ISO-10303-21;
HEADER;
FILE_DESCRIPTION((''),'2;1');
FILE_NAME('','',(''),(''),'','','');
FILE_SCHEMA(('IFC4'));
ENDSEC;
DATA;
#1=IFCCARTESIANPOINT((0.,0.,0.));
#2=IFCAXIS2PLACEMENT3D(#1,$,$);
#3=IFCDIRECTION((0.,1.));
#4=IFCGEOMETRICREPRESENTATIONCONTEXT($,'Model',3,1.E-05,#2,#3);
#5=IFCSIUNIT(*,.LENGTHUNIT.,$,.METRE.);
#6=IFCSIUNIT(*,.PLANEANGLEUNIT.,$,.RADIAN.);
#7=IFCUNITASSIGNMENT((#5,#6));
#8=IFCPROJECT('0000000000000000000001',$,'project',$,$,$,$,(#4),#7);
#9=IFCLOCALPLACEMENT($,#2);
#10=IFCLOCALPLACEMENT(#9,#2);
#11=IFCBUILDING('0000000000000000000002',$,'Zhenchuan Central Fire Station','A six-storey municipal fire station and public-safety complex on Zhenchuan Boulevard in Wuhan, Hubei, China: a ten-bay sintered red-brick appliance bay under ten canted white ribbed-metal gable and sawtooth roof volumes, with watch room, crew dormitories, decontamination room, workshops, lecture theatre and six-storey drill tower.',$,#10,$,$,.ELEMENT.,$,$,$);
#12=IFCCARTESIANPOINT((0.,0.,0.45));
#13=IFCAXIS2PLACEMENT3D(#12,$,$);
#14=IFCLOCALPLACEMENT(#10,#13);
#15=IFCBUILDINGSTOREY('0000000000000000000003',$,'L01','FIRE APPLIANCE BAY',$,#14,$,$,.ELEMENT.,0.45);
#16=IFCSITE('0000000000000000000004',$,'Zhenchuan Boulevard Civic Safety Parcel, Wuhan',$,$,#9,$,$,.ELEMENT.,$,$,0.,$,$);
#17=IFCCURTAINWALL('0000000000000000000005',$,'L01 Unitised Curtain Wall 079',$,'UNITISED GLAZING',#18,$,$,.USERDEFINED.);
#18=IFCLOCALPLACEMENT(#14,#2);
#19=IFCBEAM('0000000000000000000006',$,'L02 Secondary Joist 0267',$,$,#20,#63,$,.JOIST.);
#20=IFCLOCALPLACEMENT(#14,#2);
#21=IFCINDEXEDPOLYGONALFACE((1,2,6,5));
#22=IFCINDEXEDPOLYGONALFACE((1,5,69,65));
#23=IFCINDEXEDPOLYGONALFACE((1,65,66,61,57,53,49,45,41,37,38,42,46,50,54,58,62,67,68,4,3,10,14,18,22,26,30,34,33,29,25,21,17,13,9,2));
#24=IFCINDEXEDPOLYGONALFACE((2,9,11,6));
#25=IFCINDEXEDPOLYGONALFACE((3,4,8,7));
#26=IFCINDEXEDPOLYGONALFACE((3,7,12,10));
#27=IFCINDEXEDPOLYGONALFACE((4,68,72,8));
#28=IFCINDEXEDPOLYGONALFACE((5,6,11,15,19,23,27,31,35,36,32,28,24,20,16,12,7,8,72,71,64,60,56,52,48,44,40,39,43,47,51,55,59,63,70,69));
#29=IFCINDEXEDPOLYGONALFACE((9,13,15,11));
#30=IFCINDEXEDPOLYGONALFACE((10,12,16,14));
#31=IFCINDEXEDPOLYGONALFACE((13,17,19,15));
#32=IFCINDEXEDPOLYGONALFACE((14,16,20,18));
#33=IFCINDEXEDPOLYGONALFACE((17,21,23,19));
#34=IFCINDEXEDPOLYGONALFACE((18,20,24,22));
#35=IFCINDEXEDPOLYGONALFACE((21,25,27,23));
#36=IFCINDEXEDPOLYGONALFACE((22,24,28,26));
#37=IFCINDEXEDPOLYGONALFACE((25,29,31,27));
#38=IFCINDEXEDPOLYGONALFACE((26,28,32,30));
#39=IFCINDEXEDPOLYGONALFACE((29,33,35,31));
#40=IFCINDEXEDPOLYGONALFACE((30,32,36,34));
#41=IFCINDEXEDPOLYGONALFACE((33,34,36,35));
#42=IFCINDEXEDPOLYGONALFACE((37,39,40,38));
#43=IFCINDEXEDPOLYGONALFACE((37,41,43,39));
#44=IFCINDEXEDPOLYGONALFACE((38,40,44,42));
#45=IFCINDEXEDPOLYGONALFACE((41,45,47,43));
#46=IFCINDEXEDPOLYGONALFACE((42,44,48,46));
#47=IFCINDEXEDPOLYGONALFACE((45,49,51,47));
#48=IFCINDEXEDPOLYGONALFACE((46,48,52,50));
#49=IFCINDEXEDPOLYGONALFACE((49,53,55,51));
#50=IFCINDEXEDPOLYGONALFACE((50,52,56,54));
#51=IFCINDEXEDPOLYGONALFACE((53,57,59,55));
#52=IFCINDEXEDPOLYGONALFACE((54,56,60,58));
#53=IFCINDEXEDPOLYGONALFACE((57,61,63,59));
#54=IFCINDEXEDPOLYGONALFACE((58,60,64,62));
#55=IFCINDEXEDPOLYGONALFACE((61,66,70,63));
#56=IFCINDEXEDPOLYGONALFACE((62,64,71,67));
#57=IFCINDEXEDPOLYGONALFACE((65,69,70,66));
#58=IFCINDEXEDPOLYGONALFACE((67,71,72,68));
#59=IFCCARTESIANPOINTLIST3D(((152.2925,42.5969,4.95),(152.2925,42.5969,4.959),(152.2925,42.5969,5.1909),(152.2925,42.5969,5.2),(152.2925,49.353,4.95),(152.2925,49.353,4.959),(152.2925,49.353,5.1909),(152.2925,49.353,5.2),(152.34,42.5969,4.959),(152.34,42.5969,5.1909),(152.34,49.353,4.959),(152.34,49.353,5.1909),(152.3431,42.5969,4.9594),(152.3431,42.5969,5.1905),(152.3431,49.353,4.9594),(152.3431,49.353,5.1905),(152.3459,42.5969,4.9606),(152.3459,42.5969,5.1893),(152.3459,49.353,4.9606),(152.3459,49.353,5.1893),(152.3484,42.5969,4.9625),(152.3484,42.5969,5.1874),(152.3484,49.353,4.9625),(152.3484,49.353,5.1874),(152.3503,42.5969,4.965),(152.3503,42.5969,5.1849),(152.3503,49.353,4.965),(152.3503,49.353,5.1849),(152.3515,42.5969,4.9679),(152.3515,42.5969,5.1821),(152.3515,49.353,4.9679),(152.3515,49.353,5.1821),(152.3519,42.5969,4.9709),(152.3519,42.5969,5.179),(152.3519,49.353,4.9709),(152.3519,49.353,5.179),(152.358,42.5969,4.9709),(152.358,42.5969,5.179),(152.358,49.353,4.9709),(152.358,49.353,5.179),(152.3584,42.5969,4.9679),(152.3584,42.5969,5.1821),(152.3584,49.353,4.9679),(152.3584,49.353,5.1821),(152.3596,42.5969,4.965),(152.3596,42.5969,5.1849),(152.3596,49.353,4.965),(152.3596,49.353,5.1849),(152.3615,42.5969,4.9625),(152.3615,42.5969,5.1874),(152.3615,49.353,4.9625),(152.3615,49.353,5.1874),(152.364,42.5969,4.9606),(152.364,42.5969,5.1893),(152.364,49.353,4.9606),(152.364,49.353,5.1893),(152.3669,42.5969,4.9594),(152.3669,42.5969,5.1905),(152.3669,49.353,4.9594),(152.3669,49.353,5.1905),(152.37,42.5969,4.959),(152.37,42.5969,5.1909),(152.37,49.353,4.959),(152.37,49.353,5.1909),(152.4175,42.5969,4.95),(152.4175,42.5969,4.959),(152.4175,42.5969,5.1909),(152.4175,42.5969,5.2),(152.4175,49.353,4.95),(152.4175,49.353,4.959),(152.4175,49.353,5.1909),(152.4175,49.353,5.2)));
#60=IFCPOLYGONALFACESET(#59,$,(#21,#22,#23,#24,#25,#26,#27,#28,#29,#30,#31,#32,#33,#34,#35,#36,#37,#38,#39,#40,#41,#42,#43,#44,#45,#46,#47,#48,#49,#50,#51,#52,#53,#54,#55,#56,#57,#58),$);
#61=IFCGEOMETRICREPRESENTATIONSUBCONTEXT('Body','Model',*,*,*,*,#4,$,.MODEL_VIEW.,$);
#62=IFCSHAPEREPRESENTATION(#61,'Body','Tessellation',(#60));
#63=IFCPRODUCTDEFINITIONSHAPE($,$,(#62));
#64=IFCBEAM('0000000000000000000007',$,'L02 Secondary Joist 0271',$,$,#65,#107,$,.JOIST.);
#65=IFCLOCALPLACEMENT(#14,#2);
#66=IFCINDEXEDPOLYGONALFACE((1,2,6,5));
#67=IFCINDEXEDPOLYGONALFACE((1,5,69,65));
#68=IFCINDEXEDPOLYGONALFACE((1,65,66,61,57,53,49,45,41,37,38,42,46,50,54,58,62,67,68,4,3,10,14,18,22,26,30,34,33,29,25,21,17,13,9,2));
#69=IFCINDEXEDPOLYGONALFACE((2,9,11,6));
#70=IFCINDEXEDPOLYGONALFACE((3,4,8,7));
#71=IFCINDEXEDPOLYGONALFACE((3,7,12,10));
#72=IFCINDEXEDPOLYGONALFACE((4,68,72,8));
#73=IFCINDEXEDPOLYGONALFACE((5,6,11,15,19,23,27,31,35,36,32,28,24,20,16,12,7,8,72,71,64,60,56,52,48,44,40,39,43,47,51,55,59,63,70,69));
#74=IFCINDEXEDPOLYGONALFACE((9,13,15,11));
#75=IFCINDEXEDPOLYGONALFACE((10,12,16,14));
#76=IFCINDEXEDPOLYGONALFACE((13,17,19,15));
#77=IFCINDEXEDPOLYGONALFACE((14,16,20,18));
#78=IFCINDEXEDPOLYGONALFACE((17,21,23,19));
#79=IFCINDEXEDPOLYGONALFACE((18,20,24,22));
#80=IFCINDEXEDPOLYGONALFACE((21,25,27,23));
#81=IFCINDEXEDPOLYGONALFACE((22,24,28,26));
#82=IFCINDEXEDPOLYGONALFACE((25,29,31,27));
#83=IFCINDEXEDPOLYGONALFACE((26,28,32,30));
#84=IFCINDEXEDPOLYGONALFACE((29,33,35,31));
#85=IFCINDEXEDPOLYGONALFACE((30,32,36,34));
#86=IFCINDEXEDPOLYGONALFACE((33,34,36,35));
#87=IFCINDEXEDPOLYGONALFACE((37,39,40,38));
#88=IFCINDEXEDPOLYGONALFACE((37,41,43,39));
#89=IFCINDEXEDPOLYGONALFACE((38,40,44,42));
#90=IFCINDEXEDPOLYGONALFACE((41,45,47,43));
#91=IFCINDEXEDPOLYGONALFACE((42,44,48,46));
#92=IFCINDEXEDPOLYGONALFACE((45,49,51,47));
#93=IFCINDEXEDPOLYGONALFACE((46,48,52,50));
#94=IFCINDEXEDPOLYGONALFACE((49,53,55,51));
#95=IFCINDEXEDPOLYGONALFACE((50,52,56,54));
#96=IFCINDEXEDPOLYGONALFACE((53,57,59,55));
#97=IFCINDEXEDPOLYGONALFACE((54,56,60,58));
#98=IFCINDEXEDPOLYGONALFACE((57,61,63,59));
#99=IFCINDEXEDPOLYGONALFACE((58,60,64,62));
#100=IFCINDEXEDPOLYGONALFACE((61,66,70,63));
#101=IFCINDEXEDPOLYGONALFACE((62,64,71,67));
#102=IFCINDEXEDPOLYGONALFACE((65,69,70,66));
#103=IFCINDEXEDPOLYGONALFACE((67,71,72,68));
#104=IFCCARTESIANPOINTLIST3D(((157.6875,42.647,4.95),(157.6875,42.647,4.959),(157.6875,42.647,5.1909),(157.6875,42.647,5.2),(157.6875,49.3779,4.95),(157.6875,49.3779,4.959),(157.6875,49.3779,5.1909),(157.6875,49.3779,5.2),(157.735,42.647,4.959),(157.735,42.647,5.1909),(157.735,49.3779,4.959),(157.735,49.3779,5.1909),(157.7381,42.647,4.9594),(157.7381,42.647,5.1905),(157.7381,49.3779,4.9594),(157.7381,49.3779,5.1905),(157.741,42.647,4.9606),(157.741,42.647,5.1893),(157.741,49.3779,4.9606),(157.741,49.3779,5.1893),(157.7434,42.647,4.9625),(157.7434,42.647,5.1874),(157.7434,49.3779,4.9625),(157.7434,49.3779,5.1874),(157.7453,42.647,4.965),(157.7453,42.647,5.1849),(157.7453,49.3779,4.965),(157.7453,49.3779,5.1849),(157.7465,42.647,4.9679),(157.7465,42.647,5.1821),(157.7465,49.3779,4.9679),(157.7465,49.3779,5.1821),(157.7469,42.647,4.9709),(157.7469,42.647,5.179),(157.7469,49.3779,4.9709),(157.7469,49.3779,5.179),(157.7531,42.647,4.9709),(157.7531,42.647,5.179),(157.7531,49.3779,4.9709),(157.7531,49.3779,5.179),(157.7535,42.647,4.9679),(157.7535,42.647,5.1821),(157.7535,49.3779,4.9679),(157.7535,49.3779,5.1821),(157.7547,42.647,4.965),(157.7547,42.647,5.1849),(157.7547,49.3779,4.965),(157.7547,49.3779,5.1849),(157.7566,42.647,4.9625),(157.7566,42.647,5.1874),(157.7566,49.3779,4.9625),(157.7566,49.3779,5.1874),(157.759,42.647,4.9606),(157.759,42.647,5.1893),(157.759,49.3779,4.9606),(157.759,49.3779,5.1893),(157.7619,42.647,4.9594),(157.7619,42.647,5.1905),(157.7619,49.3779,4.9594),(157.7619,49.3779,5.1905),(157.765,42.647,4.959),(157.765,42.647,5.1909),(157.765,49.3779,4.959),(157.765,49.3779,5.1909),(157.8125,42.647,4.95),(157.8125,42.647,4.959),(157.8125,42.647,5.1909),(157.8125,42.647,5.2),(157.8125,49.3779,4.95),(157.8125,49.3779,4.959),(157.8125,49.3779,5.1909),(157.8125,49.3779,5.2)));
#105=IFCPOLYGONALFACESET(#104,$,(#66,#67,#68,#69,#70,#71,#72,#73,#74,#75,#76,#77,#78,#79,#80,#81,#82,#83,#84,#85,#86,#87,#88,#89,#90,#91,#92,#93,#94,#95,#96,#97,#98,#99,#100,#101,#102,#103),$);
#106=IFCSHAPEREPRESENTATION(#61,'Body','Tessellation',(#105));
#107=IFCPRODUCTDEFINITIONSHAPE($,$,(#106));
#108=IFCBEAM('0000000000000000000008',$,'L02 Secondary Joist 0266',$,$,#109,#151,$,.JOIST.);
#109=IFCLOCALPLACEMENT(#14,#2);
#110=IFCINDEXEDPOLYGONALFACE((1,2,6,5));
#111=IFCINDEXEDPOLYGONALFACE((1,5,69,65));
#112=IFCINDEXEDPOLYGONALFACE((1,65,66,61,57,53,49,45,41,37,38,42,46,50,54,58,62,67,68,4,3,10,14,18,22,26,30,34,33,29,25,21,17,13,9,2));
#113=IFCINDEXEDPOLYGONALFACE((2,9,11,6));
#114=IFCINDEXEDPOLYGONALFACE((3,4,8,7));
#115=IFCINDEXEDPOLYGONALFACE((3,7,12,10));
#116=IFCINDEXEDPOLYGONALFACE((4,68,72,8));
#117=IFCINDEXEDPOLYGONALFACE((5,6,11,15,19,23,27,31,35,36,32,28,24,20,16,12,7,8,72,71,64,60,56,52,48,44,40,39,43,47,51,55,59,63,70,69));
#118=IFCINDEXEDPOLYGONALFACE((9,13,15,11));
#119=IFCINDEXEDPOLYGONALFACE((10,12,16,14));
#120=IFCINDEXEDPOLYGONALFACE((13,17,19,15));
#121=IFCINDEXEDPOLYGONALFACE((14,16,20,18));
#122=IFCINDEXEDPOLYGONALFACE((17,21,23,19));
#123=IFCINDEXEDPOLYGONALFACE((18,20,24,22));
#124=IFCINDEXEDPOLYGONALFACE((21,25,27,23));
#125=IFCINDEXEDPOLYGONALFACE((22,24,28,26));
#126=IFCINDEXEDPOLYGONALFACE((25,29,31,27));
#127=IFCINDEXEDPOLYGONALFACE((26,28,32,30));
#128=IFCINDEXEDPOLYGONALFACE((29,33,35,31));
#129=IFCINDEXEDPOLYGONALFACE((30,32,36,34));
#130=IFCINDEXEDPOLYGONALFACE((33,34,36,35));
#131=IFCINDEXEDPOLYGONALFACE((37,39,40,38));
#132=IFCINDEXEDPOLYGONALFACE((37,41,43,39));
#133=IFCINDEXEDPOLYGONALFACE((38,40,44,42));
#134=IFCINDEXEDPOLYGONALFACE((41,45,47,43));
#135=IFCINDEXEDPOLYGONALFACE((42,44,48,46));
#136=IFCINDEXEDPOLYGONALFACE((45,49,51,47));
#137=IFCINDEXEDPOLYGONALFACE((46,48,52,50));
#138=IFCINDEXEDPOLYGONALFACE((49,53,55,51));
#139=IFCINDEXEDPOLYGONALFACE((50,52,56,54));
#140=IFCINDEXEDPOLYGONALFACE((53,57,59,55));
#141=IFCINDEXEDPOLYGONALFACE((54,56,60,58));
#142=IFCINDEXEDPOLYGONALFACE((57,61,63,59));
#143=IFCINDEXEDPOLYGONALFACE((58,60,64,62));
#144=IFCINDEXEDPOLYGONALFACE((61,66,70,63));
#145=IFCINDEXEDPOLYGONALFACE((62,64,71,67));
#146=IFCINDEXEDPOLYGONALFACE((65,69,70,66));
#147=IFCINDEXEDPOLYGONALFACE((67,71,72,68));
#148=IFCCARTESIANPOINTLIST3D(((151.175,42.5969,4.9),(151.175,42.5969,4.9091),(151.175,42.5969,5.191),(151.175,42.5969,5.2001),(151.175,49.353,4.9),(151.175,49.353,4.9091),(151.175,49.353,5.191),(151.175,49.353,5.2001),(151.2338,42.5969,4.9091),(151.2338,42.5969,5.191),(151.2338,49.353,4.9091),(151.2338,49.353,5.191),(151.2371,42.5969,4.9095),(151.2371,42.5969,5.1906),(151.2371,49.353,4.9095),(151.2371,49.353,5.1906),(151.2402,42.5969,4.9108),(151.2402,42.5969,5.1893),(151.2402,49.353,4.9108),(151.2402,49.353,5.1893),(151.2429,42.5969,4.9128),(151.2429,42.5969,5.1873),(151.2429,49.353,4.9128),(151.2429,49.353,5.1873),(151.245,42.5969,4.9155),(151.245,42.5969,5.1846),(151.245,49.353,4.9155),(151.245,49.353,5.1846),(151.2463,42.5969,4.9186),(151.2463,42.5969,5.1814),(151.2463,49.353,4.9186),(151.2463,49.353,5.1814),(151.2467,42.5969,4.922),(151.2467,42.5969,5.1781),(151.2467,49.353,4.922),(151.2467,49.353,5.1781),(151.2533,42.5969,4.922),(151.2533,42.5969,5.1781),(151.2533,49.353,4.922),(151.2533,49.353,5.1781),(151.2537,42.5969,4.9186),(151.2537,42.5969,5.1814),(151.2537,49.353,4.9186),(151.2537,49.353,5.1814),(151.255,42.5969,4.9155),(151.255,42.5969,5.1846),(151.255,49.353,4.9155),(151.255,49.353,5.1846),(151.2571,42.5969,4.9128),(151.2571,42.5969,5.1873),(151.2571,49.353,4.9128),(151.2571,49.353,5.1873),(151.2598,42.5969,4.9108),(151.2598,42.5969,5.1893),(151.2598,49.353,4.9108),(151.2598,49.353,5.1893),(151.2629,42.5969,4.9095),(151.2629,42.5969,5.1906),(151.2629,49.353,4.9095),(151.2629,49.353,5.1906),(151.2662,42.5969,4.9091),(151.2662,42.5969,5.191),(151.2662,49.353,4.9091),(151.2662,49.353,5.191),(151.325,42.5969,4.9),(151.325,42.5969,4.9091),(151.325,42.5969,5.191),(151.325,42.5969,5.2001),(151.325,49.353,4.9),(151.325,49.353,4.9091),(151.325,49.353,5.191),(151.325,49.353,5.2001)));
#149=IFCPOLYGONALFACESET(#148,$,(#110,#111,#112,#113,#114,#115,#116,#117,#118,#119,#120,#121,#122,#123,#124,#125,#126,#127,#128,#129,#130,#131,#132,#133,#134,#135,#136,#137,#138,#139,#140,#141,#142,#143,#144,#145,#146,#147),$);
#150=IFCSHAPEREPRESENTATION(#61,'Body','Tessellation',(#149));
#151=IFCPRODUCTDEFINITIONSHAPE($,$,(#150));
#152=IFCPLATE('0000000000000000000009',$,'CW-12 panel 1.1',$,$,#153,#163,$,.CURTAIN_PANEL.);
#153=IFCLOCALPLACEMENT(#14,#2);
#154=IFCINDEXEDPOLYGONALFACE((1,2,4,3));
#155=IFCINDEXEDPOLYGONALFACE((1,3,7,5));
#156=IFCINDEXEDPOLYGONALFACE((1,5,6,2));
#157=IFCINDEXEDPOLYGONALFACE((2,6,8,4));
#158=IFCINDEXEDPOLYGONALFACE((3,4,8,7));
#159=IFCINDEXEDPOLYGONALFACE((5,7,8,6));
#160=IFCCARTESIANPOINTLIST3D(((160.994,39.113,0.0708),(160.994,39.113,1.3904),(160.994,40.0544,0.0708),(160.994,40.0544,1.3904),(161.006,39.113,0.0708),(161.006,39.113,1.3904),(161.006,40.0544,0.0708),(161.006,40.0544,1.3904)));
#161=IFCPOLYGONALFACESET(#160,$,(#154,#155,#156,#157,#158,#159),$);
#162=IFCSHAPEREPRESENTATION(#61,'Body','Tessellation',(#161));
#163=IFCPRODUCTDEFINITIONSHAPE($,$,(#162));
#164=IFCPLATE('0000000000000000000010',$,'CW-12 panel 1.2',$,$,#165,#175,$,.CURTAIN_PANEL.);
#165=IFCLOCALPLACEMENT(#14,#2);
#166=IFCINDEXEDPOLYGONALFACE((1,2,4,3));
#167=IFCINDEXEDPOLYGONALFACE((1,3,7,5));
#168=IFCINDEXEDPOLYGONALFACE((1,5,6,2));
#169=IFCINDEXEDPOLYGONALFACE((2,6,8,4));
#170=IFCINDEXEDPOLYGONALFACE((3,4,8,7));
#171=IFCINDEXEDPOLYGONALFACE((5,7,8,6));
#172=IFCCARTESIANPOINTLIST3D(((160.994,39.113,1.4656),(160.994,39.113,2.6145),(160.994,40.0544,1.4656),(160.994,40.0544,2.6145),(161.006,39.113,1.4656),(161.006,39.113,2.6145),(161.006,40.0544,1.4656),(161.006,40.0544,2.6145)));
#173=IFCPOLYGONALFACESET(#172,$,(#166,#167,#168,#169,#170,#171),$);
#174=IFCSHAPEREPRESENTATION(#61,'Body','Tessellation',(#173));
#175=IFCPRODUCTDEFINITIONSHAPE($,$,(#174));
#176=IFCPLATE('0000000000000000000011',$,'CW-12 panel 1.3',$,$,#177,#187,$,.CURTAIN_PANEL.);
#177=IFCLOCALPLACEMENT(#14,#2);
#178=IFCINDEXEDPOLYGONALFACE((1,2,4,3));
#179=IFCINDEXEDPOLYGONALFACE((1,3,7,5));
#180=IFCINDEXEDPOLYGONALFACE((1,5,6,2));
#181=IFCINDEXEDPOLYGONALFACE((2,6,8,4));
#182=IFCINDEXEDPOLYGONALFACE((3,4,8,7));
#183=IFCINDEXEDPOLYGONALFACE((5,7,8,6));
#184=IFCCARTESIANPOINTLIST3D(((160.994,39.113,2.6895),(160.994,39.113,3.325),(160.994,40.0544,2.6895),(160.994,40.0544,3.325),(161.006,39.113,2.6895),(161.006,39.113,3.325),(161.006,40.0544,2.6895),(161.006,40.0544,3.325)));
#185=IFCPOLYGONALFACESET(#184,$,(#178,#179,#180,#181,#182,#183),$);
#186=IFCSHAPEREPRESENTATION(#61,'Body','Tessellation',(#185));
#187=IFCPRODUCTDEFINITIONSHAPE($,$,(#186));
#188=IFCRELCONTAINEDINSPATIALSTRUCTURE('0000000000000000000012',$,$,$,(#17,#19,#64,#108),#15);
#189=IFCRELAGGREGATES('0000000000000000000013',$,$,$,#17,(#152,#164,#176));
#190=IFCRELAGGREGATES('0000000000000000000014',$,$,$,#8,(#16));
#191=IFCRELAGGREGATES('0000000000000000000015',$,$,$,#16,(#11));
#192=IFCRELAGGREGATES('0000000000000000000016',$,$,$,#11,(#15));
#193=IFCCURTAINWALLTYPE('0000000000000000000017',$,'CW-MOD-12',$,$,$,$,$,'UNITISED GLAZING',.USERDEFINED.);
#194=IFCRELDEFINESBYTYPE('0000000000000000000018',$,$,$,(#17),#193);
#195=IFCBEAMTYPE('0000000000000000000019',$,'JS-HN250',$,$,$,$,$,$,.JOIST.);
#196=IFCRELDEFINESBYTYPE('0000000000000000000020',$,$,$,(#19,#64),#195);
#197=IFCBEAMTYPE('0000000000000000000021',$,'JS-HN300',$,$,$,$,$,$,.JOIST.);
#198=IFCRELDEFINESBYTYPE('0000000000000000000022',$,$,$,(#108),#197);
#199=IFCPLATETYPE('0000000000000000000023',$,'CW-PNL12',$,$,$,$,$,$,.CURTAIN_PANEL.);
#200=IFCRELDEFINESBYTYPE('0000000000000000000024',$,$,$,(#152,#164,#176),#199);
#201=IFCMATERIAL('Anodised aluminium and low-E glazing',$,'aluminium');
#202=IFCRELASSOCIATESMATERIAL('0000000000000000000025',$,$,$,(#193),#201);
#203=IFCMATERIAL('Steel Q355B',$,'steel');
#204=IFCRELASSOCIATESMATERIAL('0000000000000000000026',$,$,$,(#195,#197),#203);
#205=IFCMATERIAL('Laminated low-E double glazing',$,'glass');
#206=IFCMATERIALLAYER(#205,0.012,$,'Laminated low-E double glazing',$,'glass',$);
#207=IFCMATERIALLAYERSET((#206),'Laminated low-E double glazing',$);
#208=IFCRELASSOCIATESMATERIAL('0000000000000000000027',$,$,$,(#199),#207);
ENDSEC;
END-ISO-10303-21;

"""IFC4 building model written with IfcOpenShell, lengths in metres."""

from ifc_helpers import new_model, si_unit, direction, frame, origin, origin_2d, place, context, subcontext, project, spatial, rectangle, i_section, extrude, material, layer, layer_set, material_profile, profile_set, type_object, element, aggregate, save


model = new_model("IFC4")

# Units and contexts
model_context = context("Model", 3, precision=1e-05, world=origin(), true_north=direction((0.0, 1.0)))
body_context = subcontext(model_context, "Body", "Model", "MODEL_VIEW")
ifc_project = project(units=[si_unit("LENGTHUNIT", "METRE"), si_unit("PLANEANGLEUNIT", "RADIAN")], contexts=[model_context])

# Site, building, storey
site_placement = place(None, origin())
site = spatial("IfcSite", under=ifc_project, at=site_placement, Name="Zhenchuan Boulevard Civic Safety Parcel, Wuhan", CompositionType="ELEMENT", RefElevation=0.0)
building_placement = place(site_placement, origin())
building = spatial("IfcBuilding", under=site, at=building_placement, Name="Zhenchuan Central Fire Station", Description="A six-storey municipal fire station and public-safety complex on Zhenchuan Boulevard in Wuhan, Hubei, China: a ten-bay sintered red-brick appliance bay under ten canted white ribbed-metal gable and sawtooth roof volumes, with watch room, crew dormitories, decontamination room, workshops, lecture theatre and six-storey drill tower.", CompositionType="ELEMENT")
storey_placement = place(building_placement, frame((0.0, 0.0, 0.45)))
storey = spatial("IfcBuildingStorey", under=building, at=storey_placement, Name="L01", Description="FIRE APPLIANCE BAY", CompositionType="ELEMENT", Elevation=0.45)

# Shared definitions
ifc_material_1 = material(Name="Steel Q355B", Category="steel")

# Curtain wall
ifc_material_2 = material(Name="Anodised aluminium and low-E glazing", Category="aluminium")
curtain_wall_type = type_object("IfcCurtainWallType", Name="CW-MOD-12", ElementType="UNITISED GLAZING", PredefinedType="USERDEFINED", material=ifc_material_2)
curtain_wall_placement = place(storey_placement, origin())
curtain_wall = element("IfcCurtainWall", 1, at=curtain_wall_placement, inside=storey, type_object=curtain_wall_type, Name="L01 Unitised Curtain Wall 079", ObjectType="UNITISED GLAZING", PredefinedType="USERDEFINED")

# Beams
ifc_material_profile_1 = material_profile(ifc_material_1, i_section(OverallWidth=0.125, OverallDepth=0.25, WebThickness=0.0061, FlangeThickness=0.009, FilletRadius=0.012, at=origin_2d()), Name="HN 250x125")
ifc_profile_set_1 = profile_set([ifc_material_profile_1], Name="Steel Q355B")
beam_type_1 = type_object("IfcBeamType", Name="JS-HN250", PredefinedType="JOIST", material=ifc_profile_set_1)
beam_1_placement = place(storey_placement, frame((152.355, 42.5969, 5.075), z_axis=(0.0, 1.0, 0.0), x_axis=(-1.0, 0.0, 0.0)))
element("IfcBeam", 2, at=beam_1_placement, inside=storey, type_object=beam_type_1, Name="L02 Secondary Joist 0267", PredefinedType="JOIST", context=body_context, shape_type="SweptSolid", body=[
    extrude(i_section(OverallWidth=0.125, OverallDepth=0.25, WebThickness=0.0061, FlangeThickness=0.009, FilletRadius=0.012, at=origin_2d()), origin(), (0.0, 0.0, 1.0), 6.7561),
])
beam_2_placement = place(storey_placement, frame((157.75, 42.647, 5.075), z_axis=(0.0, 1.0, 0.0), x_axis=(-1.0, 0.0, 0.0)))
element("IfcBeam", 3, at=beam_2_placement, inside=storey, type_object=beam_type_1, Name="L02 Secondary Joist 0271", PredefinedType="JOIST", context=body_context, shape_type="SweptSolid", body=[
    extrude(i_section(OverallWidth=0.125, OverallDepth=0.25, WebThickness=0.0061, FlangeThickness=0.009, FilletRadius=0.012, at=origin_2d()), origin(), (0.0, 0.0, 1.0), 6.731),
])
ifc_material_profile_2 = material_profile(ifc_material_1, i_section(OverallWidth=0.1499, OverallDepth=0.3, WebThickness=0.0066, FlangeThickness=0.009, FilletRadius=0.0129, at=origin_2d()), Name="HN 300x150")
ifc_profile_set_2 = profile_set([ifc_material_profile_2], Name="Steel Q355B")
beam_type_2 = type_object("IfcBeamType", Name="JS-HN300", PredefinedType="JOIST", material=ifc_profile_set_2)
beam_3_placement = place(storey_placement, frame((151.25, 42.5969, 5.05), z_axis=(0.0, 1.0, 0.0), x_axis=(-1.0, 0.0, 0.0)))
element("IfcBeam", 4, at=beam_3_placement, inside=storey, type_object=beam_type_2, Name="L02 Secondary Joist 0266", PredefinedType="JOIST", context=body_context, shape_type="SweptSolid", body=[
    extrude(i_section(OverallWidth=0.1499, OverallDepth=0.3, WebThickness=0.0066, FlangeThickness=0.009, FilletRadius=0.0129, at=origin_2d()), origin(), (0.0, 0.0, 1.0), 6.7561),
])

# Plates
ifc_material_3 = material(Name="Laminated low-E double glazing", Category="glass")
ifc_layer_1 = layer(ifc_material_3, 0.012, Name="Laminated low-E double glazing", Category="glass")
ifc_layer_set_1 = layer_set([ifc_layer_1], Name="Laminated low-E double glazing")
plate_type_1 = type_object("IfcPlateType", Name="CW-PNL12", PredefinedType="CURTAIN_PANEL", material=ifc_layer_set_1)
plate_1_placement = place(storey_placement, frame((161.0, 39.5837, 0.0708), z_axis=(0.0, 0.0, 1.0), x_axis=(0.0, 1.0, 0.0)))
plate_1 = element("IfcPlate", 5, at=plate_1_placement, type_object=plate_type_1, Name="CW-12 panel 1.1", PredefinedType="CURTAIN_PANEL", context=body_context, shape_type="SweptSolid", body=[
    extrude(rectangle(XDim=0.9414, YDim=0.012, at=origin_2d()), origin(), (0.0, 0.0, 1.0), 1.3196),
])
plate_2_placement = place(storey_placement, frame((161.0, 39.5837, 1.4656), z_axis=(0.0, 0.0, 1.0), x_axis=(0.0, 1.0, 0.0)))
plate_2 = element("IfcPlate", 6, at=plate_2_placement, type_object=plate_type_1, Name="CW-12 panel 1.2", PredefinedType="CURTAIN_PANEL", context=body_context, shape_type="SweptSolid", body=[
    extrude(rectangle(XDim=0.9414, YDim=0.012, at=origin_2d()), origin(), (0.0, 0.0, 1.0), 1.1489),
])
plate_3_placement = place(storey_placement, frame((161.0, 39.5837, 2.6895), z_axis=(0.0, 0.0, 1.0), x_axis=(0.0, 1.0, 0.0)))
plate_3 = element("IfcPlate", 7, at=plate_3_placement, type_object=plate_type_1, Name="CW-12 panel 1.3", PredefinedType="CURTAIN_PANEL", context=body_context, shape_type="SweptSolid", body=[
    extrude(rectangle(XDim=0.9414, YDim=0.012, at=origin_2d()), origin(), (0.0, 0.0, 1.0), 0.6355),
])
aggregate(curtain_wall, [plate_1, plate_2, plate_3])

save(model, "model.ifc")
